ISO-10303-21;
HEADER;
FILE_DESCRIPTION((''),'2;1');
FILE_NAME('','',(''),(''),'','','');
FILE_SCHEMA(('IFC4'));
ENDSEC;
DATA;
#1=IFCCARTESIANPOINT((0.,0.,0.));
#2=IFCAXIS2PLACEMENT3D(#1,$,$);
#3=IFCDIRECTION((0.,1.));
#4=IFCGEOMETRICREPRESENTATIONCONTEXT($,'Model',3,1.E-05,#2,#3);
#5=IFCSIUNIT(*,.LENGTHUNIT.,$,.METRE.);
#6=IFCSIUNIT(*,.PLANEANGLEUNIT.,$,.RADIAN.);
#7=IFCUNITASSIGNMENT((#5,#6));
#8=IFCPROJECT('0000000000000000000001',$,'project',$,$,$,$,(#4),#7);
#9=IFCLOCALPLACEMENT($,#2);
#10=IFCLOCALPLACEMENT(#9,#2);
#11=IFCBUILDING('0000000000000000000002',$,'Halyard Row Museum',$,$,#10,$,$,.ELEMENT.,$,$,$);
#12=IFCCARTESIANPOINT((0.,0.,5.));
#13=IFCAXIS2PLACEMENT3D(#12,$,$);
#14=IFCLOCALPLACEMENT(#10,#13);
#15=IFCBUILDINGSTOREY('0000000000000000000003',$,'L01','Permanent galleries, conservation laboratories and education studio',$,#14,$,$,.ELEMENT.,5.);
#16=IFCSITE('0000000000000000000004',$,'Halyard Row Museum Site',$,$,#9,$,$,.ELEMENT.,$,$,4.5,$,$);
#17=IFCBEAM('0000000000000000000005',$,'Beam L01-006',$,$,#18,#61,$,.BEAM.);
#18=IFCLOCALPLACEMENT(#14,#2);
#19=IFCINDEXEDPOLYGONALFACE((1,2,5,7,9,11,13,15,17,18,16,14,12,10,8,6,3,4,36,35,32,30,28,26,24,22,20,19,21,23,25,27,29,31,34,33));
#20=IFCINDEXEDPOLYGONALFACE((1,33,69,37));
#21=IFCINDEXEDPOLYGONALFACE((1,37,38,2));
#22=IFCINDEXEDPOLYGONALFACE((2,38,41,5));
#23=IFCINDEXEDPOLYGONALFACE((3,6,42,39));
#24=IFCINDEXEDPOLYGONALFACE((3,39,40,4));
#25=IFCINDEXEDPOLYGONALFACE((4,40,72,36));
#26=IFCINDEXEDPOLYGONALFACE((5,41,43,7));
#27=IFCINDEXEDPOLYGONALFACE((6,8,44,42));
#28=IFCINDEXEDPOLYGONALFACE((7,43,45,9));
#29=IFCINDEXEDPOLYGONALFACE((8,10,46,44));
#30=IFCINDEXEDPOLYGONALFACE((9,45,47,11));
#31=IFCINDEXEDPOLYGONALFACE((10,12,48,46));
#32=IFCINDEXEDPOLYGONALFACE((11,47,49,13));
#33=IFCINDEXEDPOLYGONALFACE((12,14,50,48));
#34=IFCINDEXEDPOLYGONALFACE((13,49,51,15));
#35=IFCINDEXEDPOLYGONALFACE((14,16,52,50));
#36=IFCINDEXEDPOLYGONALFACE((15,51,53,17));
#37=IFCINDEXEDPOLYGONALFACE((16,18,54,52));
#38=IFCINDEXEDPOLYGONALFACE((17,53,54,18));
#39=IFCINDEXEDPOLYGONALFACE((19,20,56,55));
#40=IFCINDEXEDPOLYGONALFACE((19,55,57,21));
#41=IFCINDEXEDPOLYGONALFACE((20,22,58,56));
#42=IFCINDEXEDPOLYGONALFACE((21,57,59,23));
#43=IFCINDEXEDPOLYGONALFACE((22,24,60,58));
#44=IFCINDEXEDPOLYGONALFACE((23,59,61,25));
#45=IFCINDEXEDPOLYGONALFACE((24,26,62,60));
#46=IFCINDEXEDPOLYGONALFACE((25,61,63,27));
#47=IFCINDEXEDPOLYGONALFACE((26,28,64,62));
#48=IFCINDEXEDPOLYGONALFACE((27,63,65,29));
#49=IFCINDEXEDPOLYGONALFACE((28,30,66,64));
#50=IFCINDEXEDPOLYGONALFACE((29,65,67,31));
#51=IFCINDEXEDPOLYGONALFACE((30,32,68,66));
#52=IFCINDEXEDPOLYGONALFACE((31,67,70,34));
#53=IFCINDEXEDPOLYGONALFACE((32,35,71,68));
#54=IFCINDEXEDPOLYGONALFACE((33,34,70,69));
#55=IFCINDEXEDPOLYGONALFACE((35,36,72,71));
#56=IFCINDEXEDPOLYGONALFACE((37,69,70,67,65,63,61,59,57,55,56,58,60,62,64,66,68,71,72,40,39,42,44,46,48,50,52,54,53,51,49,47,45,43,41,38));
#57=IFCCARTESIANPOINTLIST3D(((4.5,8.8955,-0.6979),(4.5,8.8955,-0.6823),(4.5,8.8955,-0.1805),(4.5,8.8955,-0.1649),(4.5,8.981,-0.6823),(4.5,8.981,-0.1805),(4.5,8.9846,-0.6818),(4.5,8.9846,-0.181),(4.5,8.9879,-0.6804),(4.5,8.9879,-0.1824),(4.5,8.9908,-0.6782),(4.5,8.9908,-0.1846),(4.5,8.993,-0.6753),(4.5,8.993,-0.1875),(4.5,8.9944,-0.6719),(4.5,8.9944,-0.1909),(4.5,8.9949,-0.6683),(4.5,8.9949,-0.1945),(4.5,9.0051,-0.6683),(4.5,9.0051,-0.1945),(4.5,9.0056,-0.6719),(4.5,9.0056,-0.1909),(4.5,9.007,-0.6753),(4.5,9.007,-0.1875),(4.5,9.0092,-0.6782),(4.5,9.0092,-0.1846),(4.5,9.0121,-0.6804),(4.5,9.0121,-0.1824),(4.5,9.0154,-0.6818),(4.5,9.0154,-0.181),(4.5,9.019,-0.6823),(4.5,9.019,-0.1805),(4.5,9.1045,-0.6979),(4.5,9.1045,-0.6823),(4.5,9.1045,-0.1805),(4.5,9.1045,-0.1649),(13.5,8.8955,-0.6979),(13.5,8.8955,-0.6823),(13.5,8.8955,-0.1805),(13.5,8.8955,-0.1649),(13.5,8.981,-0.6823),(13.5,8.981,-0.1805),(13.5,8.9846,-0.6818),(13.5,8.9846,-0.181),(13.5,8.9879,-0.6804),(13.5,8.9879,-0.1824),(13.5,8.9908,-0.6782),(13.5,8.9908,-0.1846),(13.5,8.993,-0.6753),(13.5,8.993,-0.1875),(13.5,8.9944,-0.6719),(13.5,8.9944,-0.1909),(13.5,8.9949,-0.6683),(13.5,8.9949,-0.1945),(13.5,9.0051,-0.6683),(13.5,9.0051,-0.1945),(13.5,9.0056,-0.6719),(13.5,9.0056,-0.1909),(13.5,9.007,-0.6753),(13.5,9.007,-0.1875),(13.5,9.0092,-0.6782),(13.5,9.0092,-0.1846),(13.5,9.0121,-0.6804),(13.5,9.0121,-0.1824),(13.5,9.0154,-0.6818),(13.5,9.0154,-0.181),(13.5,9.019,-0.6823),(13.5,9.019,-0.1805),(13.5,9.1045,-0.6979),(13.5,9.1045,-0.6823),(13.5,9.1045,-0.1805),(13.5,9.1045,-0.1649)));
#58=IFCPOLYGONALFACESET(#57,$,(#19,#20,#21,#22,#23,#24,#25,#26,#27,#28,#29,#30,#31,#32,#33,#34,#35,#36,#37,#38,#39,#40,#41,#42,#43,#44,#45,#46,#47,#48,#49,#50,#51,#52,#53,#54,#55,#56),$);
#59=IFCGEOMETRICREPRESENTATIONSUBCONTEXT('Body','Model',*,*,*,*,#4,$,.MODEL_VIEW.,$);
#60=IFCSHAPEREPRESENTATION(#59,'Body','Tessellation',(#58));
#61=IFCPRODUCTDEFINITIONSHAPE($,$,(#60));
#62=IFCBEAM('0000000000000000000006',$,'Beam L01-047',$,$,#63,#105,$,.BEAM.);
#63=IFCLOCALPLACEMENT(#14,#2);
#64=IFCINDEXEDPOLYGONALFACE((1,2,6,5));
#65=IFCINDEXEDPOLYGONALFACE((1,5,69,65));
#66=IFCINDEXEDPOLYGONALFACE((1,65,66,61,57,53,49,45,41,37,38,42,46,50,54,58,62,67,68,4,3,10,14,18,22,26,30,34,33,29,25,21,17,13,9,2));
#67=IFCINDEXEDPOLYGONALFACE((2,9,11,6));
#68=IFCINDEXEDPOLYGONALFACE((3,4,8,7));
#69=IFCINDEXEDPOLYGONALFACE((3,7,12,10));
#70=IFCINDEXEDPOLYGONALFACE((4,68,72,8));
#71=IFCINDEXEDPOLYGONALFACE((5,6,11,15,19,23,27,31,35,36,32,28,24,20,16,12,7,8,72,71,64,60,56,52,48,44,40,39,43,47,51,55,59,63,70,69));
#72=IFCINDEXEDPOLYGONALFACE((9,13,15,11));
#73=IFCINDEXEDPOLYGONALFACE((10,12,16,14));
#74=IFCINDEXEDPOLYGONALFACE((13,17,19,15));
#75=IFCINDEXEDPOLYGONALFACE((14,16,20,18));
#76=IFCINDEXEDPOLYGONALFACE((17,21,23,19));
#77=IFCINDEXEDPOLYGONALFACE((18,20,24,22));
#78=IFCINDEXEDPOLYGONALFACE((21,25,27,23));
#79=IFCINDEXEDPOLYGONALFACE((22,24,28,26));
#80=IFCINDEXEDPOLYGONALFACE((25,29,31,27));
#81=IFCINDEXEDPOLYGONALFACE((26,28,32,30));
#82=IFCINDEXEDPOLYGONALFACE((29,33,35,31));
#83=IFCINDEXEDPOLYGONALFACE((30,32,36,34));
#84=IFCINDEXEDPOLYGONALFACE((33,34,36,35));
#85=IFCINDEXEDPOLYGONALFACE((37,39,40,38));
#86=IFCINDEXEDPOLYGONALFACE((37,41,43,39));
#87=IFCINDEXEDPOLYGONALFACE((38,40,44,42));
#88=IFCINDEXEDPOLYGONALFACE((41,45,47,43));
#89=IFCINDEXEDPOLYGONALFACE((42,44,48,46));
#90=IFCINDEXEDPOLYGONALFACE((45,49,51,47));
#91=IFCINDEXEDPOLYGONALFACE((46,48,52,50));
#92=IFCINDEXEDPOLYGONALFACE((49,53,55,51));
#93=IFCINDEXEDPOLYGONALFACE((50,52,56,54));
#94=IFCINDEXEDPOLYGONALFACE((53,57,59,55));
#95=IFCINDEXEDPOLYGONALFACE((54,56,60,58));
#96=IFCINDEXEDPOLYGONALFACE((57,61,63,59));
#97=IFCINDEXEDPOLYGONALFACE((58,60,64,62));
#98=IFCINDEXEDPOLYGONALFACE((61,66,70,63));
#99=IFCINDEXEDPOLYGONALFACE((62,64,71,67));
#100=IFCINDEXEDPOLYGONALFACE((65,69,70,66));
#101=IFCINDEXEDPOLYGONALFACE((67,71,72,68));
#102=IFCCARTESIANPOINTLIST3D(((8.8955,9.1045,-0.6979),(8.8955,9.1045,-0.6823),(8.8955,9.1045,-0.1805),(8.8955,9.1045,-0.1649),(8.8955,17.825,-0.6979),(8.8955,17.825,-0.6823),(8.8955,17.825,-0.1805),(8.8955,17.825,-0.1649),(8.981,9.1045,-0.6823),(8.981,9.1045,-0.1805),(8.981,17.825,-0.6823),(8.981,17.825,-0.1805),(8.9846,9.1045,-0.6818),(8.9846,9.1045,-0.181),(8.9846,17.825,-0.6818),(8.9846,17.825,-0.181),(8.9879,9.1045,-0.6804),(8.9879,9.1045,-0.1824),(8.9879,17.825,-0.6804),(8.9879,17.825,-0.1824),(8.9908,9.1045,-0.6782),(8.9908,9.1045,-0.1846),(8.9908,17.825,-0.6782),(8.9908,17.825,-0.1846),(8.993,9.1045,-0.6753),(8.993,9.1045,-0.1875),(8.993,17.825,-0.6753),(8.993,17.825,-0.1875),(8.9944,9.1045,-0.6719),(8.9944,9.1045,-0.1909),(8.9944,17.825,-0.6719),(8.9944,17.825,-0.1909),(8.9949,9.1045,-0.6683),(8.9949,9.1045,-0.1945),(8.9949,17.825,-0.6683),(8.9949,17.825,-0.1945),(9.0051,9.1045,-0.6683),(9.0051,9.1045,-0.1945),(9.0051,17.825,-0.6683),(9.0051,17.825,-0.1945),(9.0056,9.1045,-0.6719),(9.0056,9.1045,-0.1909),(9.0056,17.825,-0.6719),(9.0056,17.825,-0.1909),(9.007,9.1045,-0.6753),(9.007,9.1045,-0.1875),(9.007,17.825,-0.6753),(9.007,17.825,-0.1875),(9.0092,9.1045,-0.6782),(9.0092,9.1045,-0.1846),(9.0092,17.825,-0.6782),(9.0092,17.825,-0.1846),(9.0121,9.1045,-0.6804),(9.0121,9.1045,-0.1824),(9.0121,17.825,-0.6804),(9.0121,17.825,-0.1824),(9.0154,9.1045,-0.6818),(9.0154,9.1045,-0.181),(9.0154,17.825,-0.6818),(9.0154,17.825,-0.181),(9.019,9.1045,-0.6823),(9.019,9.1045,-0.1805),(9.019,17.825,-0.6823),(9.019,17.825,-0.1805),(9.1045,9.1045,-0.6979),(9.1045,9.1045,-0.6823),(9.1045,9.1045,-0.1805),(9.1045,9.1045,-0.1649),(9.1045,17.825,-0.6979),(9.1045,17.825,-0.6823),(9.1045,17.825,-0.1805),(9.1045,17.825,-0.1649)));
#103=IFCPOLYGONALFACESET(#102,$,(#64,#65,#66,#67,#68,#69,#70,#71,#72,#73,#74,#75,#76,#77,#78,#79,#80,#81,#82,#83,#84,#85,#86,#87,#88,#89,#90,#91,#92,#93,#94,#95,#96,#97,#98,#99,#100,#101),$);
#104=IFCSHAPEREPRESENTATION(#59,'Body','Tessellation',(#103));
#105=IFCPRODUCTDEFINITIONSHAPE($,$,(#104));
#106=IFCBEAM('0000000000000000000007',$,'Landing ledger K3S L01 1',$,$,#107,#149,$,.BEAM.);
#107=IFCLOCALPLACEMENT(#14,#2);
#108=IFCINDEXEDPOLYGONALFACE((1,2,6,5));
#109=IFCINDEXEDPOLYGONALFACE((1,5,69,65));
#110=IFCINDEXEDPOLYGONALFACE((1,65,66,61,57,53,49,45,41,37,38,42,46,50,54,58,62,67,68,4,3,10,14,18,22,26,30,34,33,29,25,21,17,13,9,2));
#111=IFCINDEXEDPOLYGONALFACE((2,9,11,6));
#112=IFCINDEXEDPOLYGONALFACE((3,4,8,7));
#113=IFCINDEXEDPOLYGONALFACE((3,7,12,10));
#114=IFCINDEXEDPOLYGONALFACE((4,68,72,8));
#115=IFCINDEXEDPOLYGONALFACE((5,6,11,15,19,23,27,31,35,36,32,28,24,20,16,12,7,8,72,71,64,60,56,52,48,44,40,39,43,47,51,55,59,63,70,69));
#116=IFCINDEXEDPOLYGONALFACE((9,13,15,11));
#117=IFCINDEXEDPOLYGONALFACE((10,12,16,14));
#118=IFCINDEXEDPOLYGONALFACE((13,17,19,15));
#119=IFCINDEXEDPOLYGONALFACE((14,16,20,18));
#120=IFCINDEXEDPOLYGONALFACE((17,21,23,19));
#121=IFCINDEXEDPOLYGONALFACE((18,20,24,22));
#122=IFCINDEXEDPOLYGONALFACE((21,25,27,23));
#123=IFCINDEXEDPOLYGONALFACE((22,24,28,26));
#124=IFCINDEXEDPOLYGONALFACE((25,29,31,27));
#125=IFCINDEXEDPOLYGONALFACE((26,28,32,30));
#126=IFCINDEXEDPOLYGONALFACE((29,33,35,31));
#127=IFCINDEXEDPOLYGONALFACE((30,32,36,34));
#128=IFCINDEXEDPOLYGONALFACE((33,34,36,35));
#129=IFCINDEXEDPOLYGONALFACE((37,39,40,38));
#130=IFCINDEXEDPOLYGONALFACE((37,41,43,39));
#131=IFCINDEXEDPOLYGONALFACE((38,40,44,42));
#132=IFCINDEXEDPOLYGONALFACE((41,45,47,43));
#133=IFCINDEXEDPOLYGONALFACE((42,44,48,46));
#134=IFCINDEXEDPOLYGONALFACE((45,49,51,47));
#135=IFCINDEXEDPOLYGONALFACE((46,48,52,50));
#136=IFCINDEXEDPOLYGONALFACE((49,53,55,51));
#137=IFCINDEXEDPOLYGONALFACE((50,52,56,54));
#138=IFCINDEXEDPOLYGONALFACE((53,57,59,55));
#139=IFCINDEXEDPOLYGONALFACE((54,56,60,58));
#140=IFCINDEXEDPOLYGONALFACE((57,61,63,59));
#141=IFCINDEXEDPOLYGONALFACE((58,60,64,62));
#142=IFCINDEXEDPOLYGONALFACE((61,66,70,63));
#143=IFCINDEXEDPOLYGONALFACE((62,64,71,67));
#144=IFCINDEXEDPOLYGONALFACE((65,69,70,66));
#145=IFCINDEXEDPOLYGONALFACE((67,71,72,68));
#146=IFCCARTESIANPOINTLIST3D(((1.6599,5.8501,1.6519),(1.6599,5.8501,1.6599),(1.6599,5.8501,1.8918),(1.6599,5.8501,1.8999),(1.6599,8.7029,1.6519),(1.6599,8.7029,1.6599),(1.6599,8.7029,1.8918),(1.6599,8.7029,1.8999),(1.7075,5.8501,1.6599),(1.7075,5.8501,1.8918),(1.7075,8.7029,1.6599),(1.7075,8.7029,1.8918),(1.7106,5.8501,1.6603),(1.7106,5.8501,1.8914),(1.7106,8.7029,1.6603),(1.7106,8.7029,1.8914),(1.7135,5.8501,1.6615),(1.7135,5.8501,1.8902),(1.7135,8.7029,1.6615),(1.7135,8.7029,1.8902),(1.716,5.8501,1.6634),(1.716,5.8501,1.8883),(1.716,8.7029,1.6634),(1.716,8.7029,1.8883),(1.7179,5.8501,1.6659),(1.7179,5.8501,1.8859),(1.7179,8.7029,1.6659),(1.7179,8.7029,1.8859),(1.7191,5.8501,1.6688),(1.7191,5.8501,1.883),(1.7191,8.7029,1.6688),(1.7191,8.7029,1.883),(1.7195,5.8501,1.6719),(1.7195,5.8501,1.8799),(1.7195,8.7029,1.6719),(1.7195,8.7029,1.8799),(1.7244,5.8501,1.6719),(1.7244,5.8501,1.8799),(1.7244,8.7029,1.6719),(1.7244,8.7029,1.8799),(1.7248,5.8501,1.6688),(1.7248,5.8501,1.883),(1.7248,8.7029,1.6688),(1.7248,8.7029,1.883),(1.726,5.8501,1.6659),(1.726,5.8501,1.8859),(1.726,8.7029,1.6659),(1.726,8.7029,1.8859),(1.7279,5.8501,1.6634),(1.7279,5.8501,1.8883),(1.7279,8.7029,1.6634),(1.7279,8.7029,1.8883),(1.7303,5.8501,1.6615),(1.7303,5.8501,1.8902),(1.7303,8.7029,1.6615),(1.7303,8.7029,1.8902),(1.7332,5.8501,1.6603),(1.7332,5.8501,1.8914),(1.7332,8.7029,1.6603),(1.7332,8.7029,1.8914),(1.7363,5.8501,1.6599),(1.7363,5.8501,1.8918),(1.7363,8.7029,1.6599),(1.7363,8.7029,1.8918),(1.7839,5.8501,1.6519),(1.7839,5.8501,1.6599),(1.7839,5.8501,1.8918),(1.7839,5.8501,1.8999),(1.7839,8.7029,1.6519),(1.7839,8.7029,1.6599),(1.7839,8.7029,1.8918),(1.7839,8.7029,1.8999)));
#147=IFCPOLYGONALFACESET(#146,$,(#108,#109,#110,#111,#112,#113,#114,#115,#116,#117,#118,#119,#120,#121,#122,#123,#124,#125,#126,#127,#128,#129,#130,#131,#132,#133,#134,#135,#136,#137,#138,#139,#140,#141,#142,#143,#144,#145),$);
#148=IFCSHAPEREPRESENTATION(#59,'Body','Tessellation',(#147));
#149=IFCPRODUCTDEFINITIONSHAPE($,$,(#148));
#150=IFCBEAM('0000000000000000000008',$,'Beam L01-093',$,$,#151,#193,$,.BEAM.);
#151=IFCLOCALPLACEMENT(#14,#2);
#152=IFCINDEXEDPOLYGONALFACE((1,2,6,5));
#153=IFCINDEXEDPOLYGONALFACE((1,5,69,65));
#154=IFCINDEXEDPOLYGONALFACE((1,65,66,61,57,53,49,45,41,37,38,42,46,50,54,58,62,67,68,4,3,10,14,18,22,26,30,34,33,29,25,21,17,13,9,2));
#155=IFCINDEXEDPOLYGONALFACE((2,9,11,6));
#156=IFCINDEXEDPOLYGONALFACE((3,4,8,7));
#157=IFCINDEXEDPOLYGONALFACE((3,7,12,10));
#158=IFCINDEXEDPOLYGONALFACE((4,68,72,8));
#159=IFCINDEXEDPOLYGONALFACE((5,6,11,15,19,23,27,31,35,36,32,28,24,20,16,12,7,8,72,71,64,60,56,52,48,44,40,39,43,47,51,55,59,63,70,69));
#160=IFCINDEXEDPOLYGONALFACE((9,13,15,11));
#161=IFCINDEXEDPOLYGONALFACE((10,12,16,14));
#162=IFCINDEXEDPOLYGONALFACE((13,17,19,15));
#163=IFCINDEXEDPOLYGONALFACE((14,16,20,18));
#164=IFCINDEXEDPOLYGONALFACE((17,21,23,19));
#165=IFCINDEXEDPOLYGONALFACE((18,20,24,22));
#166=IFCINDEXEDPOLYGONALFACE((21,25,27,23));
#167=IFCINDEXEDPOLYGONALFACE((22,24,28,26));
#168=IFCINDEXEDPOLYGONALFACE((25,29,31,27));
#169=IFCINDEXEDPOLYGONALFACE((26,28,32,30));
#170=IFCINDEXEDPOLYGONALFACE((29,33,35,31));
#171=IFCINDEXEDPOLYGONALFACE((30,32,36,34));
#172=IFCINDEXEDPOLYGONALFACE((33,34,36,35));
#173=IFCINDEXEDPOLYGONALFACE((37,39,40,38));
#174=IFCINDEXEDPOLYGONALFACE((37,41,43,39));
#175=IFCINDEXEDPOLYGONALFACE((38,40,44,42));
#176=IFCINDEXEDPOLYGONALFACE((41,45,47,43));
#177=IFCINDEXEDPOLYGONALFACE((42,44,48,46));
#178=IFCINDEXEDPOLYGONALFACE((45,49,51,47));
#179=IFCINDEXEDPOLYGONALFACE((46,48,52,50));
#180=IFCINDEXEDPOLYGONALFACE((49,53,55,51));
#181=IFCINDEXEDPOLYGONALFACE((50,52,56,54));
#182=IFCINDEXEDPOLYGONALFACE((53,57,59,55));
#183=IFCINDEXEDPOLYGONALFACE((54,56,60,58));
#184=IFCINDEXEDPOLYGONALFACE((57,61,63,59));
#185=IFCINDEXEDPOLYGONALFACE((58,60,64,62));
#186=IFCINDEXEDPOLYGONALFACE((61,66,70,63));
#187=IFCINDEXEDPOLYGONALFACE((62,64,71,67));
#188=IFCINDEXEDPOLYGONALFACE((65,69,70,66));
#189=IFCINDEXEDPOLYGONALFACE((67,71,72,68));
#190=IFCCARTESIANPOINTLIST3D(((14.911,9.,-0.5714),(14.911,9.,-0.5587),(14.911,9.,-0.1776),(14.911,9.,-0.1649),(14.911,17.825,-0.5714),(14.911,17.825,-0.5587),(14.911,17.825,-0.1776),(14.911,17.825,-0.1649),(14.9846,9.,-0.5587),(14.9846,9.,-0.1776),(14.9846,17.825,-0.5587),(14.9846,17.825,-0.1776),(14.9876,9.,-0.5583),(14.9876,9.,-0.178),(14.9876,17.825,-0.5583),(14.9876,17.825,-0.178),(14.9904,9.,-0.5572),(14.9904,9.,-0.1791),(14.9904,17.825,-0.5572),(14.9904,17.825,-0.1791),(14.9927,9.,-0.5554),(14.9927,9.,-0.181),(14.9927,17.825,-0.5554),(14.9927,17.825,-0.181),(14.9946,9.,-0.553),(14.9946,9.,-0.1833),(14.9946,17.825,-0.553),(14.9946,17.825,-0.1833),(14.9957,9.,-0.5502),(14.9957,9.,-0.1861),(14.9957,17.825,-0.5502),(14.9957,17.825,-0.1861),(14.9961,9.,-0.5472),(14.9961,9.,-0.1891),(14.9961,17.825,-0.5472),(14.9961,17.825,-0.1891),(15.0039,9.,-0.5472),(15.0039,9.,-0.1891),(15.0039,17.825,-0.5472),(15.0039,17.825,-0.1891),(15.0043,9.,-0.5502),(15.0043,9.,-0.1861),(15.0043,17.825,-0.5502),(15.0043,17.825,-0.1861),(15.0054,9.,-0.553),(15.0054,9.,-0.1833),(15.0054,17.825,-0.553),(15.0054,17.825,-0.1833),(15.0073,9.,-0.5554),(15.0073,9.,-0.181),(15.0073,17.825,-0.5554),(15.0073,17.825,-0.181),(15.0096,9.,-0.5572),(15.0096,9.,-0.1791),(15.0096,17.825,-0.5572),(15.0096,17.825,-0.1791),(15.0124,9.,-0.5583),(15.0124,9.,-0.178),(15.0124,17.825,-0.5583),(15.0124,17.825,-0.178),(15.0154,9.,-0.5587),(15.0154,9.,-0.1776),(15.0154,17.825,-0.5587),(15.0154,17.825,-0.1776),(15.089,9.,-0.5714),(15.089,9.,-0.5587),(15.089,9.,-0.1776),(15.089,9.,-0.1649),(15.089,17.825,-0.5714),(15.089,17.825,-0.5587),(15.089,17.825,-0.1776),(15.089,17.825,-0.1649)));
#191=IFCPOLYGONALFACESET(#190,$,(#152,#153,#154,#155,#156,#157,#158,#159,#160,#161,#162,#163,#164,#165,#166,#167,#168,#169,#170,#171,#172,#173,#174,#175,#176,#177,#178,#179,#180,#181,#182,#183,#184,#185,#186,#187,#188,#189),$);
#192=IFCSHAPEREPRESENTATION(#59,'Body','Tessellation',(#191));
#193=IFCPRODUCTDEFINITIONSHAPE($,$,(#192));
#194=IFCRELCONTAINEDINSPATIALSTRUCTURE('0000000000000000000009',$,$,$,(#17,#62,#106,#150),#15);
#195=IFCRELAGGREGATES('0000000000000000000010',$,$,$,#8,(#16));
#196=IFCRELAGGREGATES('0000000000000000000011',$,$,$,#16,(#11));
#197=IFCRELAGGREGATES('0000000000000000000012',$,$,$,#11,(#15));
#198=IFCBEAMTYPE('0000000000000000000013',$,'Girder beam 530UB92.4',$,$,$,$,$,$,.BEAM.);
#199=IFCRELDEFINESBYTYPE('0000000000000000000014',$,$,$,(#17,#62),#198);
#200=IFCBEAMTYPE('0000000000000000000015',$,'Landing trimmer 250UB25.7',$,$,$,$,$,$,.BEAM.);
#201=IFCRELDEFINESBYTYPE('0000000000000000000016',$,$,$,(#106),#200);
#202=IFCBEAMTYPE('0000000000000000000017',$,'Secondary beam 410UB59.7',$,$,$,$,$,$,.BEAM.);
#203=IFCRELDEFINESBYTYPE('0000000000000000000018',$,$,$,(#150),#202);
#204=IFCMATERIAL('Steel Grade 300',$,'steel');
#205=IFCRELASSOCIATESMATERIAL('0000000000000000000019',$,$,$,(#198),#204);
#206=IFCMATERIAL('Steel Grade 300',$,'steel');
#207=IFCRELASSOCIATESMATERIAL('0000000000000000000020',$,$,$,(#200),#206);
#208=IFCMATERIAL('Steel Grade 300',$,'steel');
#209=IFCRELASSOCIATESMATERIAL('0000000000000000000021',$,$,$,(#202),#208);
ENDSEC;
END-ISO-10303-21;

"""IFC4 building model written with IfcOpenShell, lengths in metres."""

from ifc_helpers import new_model, si_unit, direction, frame, origin, origin_2d, place, context, subcontext, project, spatial, i_section, extrude, material, material_profile, profile_set, type_object, element, save


model = new_model("IFC4")

# Units and contexts
model_context = context("Model", 3, precision=1e-05, world=origin(), true_north=direction((0.0, 1.0)))
body_context = subcontext(model_context, "Body", "Model", "MODEL_VIEW")
ifc_project = project(units=[si_unit("LENGTHUNIT", "METRE"), si_unit("PLANEANGLEUNIT", "RADIAN")], contexts=[model_context])

# Site, building, storey
site_placement = place(None, origin())
site = spatial("IfcSite", under=ifc_project, at=site_placement, Name="Halyard Row Museum Site", CompositionType="ELEMENT", RefElevation=4.5)
building_placement = place(site_placement, origin())
building = spatial("IfcBuilding", under=site, at=building_placement, Name="Halyard Row Museum", CompositionType="ELEMENT")
storey_placement = place(building_placement, frame((0.0, 0.0, 5.0)))
storey = spatial("IfcBuildingStorey", under=building, at=storey_placement, Name="L01", Description="Permanent galleries, conservation laboratories and education studio", CompositionType="ELEMENT", Elevation=5.0)

# Beams
ifc_material_1 = material(Name="Steel Grade 300", Category="steel")
ifc_material_profile_1 = material_profile(ifc_material_1, i_section(OverallWidth=0.209, OverallDepth=0.533, WebThickness=0.0103, FlangeThickness=0.0156, FilletRadius=0.0139, at=origin_2d()), Name="530UB92.4")
ifc_profile_set_1 = profile_set([ifc_material_profile_1], Name="Steel Grade 300")
beam_type_1 = type_object("IfcBeamType", Name="Girder beam 530UB92.4", PredefinedType="BEAM", material=ifc_profile_set_1)
beam_1_placement = place(storey_placement, frame((4.5, 9.0, -0.4314), z_axis=(1.0, 0.0, 0.0), x_axis=(0.0, 1.0, 0.0)))
element("IfcBeam", 1, at=beam_1_placement, inside=storey, type_object=beam_type_1, Name="Beam L01-006", PredefinedType="BEAM", context=body_context, shape_type="SweptSolid", body=[
    extrude(i_section(OverallWidth=0.209, OverallDepth=0.533, WebThickness=0.0103, FlangeThickness=0.0156, FilletRadius=0.0139, at=origin_2d()), origin(), (0.0, 0.0, 1.0), 9.0),
])
beam_2_placement = place(storey_placement, frame((9.0, 9.1045, -0.4314), z_axis=(0.0, 1.0, 0.0), x_axis=(-1.0, 0.0, 0.0)))
element("IfcBeam", 2, at=beam_2_placement, inside=storey, type_object=beam_type_1, Name="Beam L01-047", PredefinedType="BEAM", context=body_context, shape_type="SweptSolid", body=[
    extrude(i_section(OverallWidth=0.209, OverallDepth=0.533, WebThickness=0.0103, FlangeThickness=0.0156, FilletRadius=0.0139, at=origin_2d()), origin(), (0.0, 0.0, 1.0), 8.7205),
])
ifc_material_2 = material(Name="Steel Grade 300", Category="steel")
ifc_material_profile_2 = material_profile(ifc_material_2, i_section(OverallWidth=0.124, OverallDepth=0.248, WebThickness=0.0049, FlangeThickness=0.0081, FilletRadius=0.012, at=origin_2d()), Name="250UB25.7")
ifc_profile_set_2 = profile_set([ifc_material_profile_2], Name="Steel Grade 300")
beam_type_2 = type_object("IfcBeamType", Name="Landing trimmer 250UB25.7", PredefinedType="BEAM", material=ifc_profile_set_2)
beam_3_placement = place(storey_placement, frame((1.7219, 8.7029, 1.7759), z_axis=(0.0, -1.0, 0.0), x_axis=(1.0, 0.0, 0.0)))
element("IfcBeam", 3, at=beam_3_placement, inside=storey, type_object=beam_type_2, Name="Landing ledger K3S L01 1", PredefinedType="BEAM", context=body_context, shape_type="SweptSolid", body=[
    extrude(i_section(OverallWidth=0.124, OverallDepth=0.248, WebThickness=0.0049, FlangeThickness=0.0081, FilletRadius=0.012, at=origin_2d()), origin(), (0.0, 0.0, 1.0), 2.8528),
])
ifc_material_3 = material(Name="Steel Grade 300", Category="steel")
ifc_material_profile_3 = material_profile(ifc_material_3, i_section(OverallWidth=0.178, OverallDepth=0.4065, WebThickness=0.0078, FlangeThickness=0.0127, FilletRadius=0.0115, at=origin_2d()), Name="410UB59.7")
ifc_profile_set_3 = profile_set([ifc_material_profile_3], Name="Steel Grade 300")
beam_type_3 = type_object("IfcBeamType", Name="Secondary beam 410UB59.7", PredefinedType="BEAM", material=ifc_profile_set_3)
beam_4_placement = place(storey_placement, frame((15.0, 9.0, -0.3682), z_axis=(0.0, 1.0, 0.0), x_axis=(-1.0, 0.0, 0.0)))
element("IfcBeam", 4, at=beam_4_placement, inside=storey, type_object=beam_type_3, Name="Beam L01-093", PredefinedType="BEAM", context=body_context, shape_type="SweptSolid", body=[
    extrude(i_section(OverallWidth=0.178, OverallDepth=0.4065, WebThickness=0.0078, FlangeThickness=0.0127, FilletRadius=0.0115, at=origin_2d()), origin(), (0.0, 0.0, 1.0), 8.825),
])

save(model, "model.ifc")
